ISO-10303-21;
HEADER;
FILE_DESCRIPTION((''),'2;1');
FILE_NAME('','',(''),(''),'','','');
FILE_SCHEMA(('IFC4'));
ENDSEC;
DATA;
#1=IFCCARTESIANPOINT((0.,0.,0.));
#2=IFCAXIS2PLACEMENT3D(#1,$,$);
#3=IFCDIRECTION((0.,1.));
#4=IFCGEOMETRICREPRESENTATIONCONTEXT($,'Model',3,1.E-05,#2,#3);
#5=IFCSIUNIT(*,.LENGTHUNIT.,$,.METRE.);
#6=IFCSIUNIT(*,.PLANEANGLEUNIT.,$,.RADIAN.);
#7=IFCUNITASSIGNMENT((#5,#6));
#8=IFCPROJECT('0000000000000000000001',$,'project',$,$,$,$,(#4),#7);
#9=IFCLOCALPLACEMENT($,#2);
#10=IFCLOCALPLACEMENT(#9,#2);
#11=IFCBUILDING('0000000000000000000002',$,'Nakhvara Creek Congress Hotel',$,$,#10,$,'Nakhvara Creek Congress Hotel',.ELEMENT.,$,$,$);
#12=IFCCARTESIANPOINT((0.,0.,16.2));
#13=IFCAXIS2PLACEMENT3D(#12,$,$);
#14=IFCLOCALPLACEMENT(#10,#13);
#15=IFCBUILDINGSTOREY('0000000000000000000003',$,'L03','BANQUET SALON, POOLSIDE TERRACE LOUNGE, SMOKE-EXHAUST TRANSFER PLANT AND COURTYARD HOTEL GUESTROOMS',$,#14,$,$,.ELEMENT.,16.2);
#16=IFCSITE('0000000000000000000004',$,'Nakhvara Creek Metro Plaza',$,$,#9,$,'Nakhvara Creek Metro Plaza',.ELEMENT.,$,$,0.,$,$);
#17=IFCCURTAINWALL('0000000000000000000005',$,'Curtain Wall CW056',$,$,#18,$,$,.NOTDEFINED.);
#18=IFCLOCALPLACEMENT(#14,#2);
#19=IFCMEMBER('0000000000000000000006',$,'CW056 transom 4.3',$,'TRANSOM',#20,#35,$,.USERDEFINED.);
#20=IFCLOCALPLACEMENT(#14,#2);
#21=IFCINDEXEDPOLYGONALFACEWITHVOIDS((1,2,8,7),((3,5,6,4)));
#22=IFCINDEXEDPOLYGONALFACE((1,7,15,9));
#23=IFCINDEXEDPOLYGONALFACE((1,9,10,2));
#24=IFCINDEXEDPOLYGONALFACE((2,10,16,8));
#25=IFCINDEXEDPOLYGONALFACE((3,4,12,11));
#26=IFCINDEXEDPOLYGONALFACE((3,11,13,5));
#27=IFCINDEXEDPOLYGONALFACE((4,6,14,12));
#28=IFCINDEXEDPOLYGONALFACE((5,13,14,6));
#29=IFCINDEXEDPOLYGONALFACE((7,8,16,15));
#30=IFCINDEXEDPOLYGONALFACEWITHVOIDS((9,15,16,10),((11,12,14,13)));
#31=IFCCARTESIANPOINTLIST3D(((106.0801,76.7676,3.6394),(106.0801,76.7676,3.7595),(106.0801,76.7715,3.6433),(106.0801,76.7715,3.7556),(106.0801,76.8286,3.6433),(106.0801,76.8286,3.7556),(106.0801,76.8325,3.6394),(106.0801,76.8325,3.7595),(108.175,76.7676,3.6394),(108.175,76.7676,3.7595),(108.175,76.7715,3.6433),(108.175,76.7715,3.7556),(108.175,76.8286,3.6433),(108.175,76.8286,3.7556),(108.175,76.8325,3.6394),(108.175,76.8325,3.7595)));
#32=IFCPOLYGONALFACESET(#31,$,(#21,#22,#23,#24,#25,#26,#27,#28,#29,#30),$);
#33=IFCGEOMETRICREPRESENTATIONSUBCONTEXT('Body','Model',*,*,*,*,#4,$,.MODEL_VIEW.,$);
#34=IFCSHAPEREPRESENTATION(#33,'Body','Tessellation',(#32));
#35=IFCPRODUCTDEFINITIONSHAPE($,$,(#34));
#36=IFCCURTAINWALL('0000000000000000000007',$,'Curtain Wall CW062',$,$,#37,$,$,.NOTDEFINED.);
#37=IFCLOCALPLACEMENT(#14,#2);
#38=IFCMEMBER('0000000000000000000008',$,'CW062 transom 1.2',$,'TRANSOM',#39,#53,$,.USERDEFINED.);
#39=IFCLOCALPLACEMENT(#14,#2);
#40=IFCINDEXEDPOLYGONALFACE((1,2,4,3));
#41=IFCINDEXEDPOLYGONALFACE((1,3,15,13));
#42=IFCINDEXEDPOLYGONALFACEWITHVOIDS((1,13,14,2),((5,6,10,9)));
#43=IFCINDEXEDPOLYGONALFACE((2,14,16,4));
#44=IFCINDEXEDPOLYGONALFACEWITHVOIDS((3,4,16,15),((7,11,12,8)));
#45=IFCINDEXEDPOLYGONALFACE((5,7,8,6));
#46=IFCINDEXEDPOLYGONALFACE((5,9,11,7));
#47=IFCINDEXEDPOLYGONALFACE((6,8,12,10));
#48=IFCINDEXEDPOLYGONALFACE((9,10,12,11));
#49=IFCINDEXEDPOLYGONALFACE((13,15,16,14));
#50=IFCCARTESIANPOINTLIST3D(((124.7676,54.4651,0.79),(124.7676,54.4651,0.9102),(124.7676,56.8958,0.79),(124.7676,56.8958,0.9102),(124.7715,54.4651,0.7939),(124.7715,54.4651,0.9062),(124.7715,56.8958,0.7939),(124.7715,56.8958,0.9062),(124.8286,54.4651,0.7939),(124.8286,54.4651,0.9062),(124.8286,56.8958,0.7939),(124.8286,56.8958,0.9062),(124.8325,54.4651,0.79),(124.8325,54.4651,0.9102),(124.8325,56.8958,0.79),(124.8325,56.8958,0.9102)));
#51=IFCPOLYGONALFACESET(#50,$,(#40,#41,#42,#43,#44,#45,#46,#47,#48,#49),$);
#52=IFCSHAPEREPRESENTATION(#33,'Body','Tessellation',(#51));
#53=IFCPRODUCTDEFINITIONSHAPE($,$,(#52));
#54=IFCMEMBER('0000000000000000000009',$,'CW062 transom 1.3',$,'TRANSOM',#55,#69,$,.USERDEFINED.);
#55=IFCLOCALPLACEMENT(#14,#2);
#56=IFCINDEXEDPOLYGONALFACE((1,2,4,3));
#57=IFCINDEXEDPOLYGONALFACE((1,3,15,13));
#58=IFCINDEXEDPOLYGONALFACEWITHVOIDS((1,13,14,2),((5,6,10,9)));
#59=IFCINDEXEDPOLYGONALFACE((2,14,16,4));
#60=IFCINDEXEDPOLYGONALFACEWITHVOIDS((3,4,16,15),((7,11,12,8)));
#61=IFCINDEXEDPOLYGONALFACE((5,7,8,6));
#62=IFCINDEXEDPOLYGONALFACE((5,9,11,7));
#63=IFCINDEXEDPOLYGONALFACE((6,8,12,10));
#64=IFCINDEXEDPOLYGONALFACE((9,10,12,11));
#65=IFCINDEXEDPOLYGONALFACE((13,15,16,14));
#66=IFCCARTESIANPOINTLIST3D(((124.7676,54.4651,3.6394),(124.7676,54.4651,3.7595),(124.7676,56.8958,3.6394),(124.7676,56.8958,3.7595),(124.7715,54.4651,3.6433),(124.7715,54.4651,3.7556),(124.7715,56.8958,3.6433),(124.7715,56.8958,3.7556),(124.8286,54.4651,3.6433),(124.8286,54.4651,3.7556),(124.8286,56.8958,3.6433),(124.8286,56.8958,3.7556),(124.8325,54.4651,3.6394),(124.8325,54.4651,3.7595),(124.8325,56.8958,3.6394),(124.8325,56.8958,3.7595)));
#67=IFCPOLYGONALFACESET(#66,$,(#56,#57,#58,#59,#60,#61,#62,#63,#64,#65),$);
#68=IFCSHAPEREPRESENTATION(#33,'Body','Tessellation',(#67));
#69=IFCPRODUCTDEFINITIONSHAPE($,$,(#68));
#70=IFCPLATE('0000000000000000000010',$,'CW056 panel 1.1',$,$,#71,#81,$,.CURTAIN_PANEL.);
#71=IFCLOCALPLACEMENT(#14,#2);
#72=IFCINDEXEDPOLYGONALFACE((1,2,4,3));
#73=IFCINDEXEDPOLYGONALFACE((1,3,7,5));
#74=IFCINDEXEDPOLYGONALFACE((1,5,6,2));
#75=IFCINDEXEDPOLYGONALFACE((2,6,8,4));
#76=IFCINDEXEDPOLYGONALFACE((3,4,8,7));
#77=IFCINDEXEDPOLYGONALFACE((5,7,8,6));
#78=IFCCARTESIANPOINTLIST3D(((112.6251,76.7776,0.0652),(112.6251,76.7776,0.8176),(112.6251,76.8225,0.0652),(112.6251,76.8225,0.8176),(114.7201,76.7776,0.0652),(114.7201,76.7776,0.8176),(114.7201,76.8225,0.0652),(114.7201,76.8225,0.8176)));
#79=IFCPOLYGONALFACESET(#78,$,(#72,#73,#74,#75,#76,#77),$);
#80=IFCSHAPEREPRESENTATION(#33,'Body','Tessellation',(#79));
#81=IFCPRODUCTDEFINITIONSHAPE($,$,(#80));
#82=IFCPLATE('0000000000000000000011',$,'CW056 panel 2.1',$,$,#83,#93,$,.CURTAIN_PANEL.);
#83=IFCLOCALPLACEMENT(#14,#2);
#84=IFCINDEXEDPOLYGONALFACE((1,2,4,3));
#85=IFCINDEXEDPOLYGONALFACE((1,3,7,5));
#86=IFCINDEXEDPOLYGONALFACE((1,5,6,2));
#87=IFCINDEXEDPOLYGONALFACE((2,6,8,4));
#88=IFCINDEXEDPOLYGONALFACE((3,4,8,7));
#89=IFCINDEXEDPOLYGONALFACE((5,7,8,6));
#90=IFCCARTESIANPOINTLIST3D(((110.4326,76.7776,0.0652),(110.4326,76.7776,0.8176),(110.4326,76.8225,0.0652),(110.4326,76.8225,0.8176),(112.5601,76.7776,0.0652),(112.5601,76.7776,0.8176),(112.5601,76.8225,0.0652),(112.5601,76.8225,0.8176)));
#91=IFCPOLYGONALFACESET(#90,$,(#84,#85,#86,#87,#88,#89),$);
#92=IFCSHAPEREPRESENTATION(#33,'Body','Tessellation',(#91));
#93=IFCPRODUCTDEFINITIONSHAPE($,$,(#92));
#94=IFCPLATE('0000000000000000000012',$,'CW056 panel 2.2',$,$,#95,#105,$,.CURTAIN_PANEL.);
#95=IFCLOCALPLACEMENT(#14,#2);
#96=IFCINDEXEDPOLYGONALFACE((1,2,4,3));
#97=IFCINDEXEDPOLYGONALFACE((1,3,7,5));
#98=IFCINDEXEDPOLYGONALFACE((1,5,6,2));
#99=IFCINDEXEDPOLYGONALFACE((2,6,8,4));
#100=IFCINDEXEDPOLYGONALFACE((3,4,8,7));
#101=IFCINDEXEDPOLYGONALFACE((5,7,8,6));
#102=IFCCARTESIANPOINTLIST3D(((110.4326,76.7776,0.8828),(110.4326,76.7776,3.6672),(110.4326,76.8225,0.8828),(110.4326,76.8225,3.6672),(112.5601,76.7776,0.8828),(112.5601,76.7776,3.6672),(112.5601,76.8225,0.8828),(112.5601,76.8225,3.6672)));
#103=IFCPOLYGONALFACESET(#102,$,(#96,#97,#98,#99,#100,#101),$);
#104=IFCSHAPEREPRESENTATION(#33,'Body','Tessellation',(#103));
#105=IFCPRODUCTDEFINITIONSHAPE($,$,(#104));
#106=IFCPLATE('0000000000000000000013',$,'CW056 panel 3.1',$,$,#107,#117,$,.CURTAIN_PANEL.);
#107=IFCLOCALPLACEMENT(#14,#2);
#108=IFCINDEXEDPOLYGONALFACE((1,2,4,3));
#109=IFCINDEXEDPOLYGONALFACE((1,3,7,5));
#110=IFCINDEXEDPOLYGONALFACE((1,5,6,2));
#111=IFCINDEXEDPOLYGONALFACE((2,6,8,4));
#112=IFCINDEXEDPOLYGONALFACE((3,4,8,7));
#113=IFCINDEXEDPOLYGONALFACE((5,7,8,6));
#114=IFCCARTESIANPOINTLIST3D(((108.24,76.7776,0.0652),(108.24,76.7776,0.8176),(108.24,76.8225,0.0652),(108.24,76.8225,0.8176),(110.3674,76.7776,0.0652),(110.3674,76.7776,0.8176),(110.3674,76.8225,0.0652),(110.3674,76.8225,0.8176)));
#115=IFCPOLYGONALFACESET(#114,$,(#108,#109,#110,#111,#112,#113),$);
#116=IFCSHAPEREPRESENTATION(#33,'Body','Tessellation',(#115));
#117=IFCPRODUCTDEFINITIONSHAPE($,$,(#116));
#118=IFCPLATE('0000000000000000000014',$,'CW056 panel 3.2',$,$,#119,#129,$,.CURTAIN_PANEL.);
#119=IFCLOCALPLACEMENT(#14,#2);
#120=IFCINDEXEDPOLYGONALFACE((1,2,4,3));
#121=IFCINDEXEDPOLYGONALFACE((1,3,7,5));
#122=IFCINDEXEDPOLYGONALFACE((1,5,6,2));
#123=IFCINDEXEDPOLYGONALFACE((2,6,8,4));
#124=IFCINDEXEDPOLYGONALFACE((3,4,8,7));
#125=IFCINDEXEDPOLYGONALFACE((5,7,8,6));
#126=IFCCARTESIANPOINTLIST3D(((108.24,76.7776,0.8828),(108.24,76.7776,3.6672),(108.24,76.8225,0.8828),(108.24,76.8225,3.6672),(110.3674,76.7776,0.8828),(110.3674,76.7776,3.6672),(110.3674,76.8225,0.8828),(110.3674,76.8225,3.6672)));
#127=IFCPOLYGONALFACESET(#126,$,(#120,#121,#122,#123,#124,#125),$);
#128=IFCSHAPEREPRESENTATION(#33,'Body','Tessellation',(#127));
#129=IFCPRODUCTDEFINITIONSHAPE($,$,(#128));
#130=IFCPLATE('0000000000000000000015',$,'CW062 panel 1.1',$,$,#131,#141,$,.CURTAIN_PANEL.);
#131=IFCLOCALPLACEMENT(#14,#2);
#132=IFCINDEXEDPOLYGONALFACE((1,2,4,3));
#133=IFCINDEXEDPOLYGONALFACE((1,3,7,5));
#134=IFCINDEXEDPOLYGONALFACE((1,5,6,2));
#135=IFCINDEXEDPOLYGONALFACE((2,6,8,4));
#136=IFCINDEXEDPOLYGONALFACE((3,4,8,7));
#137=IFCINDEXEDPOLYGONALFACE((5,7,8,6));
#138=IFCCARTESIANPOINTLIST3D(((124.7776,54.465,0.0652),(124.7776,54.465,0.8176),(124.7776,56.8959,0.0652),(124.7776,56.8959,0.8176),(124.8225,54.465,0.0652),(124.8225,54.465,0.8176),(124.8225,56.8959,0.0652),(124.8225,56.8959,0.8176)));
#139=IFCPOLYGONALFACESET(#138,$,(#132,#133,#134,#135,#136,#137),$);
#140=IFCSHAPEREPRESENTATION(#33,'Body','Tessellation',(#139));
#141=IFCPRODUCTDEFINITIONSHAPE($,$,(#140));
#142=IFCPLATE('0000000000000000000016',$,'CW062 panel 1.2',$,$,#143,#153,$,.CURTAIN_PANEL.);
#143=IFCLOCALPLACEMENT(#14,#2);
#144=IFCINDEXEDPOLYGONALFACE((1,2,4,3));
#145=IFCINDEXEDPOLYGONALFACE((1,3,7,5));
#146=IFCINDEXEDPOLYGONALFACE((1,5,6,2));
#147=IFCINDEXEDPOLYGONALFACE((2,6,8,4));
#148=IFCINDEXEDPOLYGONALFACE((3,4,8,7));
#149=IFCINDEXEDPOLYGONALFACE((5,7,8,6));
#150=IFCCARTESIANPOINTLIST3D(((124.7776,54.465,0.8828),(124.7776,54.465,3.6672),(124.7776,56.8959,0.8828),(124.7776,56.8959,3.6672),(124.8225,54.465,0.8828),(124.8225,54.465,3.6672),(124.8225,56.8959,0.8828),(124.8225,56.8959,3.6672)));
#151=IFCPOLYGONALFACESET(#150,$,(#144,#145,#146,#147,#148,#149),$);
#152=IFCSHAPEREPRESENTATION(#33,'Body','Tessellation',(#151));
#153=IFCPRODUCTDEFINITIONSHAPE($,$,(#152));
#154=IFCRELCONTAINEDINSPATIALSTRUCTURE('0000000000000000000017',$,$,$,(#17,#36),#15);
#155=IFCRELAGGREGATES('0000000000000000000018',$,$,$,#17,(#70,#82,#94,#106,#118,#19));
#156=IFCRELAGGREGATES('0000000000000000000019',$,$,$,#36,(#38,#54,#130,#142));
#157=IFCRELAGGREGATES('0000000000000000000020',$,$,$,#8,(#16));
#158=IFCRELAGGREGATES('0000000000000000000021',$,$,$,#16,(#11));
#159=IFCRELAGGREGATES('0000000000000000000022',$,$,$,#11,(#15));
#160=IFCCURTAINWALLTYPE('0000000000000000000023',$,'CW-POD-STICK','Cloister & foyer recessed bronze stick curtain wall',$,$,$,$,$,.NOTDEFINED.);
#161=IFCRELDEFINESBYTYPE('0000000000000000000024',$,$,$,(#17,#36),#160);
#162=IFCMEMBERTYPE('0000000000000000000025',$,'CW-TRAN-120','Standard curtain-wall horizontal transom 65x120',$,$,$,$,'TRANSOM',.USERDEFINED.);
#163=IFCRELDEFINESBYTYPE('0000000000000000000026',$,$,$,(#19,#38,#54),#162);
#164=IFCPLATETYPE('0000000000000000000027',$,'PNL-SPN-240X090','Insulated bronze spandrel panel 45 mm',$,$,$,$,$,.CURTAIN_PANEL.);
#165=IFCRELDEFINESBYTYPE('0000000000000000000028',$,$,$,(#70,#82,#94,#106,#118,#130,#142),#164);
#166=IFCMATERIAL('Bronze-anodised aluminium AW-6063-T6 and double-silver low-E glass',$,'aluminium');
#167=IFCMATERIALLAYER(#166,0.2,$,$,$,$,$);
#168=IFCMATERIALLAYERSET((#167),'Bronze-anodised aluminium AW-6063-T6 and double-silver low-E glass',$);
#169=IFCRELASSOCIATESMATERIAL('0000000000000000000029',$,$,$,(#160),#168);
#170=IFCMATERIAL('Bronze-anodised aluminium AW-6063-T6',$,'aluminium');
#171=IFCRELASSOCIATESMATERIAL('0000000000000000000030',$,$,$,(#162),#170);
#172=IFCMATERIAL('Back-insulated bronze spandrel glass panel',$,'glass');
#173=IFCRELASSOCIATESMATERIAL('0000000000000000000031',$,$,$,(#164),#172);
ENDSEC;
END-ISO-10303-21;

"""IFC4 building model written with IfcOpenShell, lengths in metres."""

from ifc_helpers import new_model, si_unit, direction, frame, origin, origin_2d, place, context, subcontext, project, spatial, rectangle, hollow_rectangle, extrude, material, layer, layer_set, material_profile, profile_set, type_object, element, aggregate, save


model = new_model("IFC4")

# Units and contexts
model_context = context("Model", 3, precision=1e-05, world=origin(), true_north=direction((0.0, 1.0)))
body_context = subcontext(model_context, "Body", "Model", "MODEL_VIEW")
ifc_project = project(units=[si_unit("LENGTHUNIT", "METRE"), si_unit("PLANEANGLEUNIT", "RADIAN")], contexts=[model_context])

# Site, building, storey
site_placement = place(None, origin())
site = spatial("IfcSite", under=ifc_project, at=site_placement, Name="Nakhvara Creek Metro Plaza", LongName="Nakhvara Creek Metro Plaza", CompositionType="ELEMENT", RefElevation=0.0)
building_placement = place(site_placement, origin())
building = spatial("IfcBuilding", under=site, at=building_placement, Name="Nakhvara Creek Congress Hotel", LongName="Nakhvara Creek Congress Hotel", CompositionType="ELEMENT")
storey_placement = place(building_placement, frame((0.0, 0.0, 16.2)))
storey = spatial("IfcBuildingStorey", under=building, at=storey_placement, Name="L03", Description="BANQUET SALON, POOLSIDE TERRACE LOUNGE, SMOKE-EXHAUST TRANSFER PLANT AND COURTYARD HOTEL GUESTROOMS", CompositionType="ELEMENT", Elevation=16.2)

# Curtain walls, members
ifc_material_1 = material(Name="Bronze-anodised aluminium AW-6063-T6 and double-silver low-E glass", Category="aluminium")
ifc_layer = layer(ifc_material_1, 0.2)
ifc_layer_set = layer_set([ifc_layer], Name="Bronze-anodised aluminium AW-6063-T6 and double-silver low-E glass")
curtain_wall_type = type_object("IfcCurtainWallType", Name="CW-POD-STICK", Description="Cloister & foyer recessed bronze stick curtain wall", PredefinedType="NOTDEFINED", material=ifc_layer_set)
curtain_wall_1_placement = place(storey_placement, origin())
curtain_wall_1 = element("IfcCurtainWall", 1, at=curtain_wall_1_placement, inside=storey, type_object=curtain_wall_type, Name="Curtain Wall CW056", PredefinedType="NOTDEFINED")
ifc_material_2 = material(Name="Bronze-anodised aluminium AW-6063-T6", Category="aluminium")
ifc_material_profile_1 = material_profile(ifc_material_2, hollow_rectangle(XDim=0.0649, YDim=0.1201, WallThickness=0.0039, at=origin_2d()), Name="ALU-TRAN 65x120x4", Category="LoadBearing")
ifc_profile_set_1 = profile_set([ifc_material_profile_1], Name="Bronze-anodised aluminium AW-6063-T6")
member_type_1 = type_object("IfcMemberType", Name="CW-TRAN-120", Description="Standard curtain-wall horizontal transom 65x120", ElementType="TRANSOM", PredefinedType="USERDEFINED", material=ifc_profile_set_1)
member_1_placement = place(storey_placement, frame((108.175, 76.8, 3.6995), z_axis=(-1.0, 0.0, 0.0), x_axis=(0.0, -1.0, 0.0)))
member_1 = element("IfcMember", 2, at=member_1_placement, type_object=member_type_1, Name="CW056 transom 4.3", ObjectType="TRANSOM", PredefinedType="USERDEFINED", context=body_context, shape_type="SweptSolid", body=[
    extrude(hollow_rectangle(XDim=0.0649, YDim=0.1201, WallThickness=0.0039, at=origin_2d()), origin(), (0.0, 0.0, 1.0), 2.095),
])
curtain_wall_2_placement = place(storey_placement, origin())
curtain_wall_2 = element("IfcCurtainWall", 3, at=curtain_wall_2_placement, inside=storey, type_object=curtain_wall_type, Name="Curtain Wall CW062", PredefinedType="NOTDEFINED")
member_2_placement = place(storey_placement, frame((124.8, 54.4651, 0.8501), z_axis=(0.0, 1.0, 0.0), x_axis=(-1.0, 0.0, 0.0)))
member_2 = element("IfcMember", 4, at=member_2_placement, type_object=member_type_1, Name="CW062 transom 1.2", ObjectType="TRANSOM", PredefinedType="USERDEFINED", context=body_context, shape_type="SweptSolid", body=[
    extrude(hollow_rectangle(XDim=0.0649, YDim=0.1201, WallThickness=0.0039, at=origin_2d()), origin(), (0.0, 0.0, 1.0), 2.4307),
])
member_3_placement = place(storey_placement, frame((124.8, 54.4651, 3.6995), z_axis=(0.0, 1.0, 0.0), x_axis=(-1.0, 0.0, 0.0)))
member_3 = element("IfcMember", 5, at=member_3_placement, type_object=member_type_1, Name="CW062 transom 1.3", ObjectType="TRANSOM", PredefinedType="USERDEFINED", context=body_context, shape_type="SweptSolid", body=[
    extrude(hollow_rectangle(XDim=0.0649, YDim=0.1201, WallThickness=0.0039, at=origin_2d()), origin(), (0.0, 0.0, 1.0), 2.4307),
])

# Plates
ifc_material_3 = material(Name="Back-insulated bronze spandrel glass panel", Category="glass")
plate_type = type_object("IfcPlateType", Name="PNL-SPN-240X090", Description="Insulated bronze spandrel panel 45 mm", PredefinedType="CURTAIN_PANEL", material=ifc_material_3)
plate_1_placement = place(storey_placement, frame((113.6726, 76.8, 0.0652), z_axis=(0.0, 0.0, 1.0), x_axis=(-1.0, 0.0, 0.0)))
plate_1 = element("IfcPlate", 6, at=plate_1_placement, type_object=plate_type, Name="CW056 panel 1.1", PredefinedType="CURTAIN_PANEL", context=body_context, shape_type="SweptSolid", body=[
    extrude(rectangle(XDim=2.095, YDim=0.0449, at=origin_2d()), origin(), (0.0, 0.0, 1.0), 0.7524),
])
plate_2_placement = place(storey_placement, frame((111.4963, 76.8, 0.0652), z_axis=(0.0, 0.0, 1.0), x_axis=(-1.0, 0.0, 0.0)))
plate_2 = element("IfcPlate", 7, at=plate_2_placement, type_object=plate_type, Name="CW056 panel 2.1", PredefinedType="CURTAIN_PANEL", context=body_context, shape_type="SweptSolid", body=[
    extrude(rectangle(XDim=2.1274, YDim=0.0449, at=origin_2d()), origin(), (0.0, 0.0, 1.0), 0.7524),
])
plate_3_placement = place(storey_placement, frame((111.4963, 76.8, 0.8828), z_axis=(0.0, 0.0, 1.0), x_axis=(-1.0, 0.0, 0.0)))
plate_3 = element("IfcPlate", 8, at=plate_3_placement, type_object=plate_type, Name="CW056 panel 2.2", PredefinedType="CURTAIN_PANEL", context=body_context, shape_type="SweptSolid", body=[
    extrude(rectangle(XDim=2.1274, YDim=0.0449, at=origin_2d()), origin(), (0.0, 0.0, 1.0), 2.7844),
])
plate_4_placement = place(storey_placement, frame((109.3037, 76.8, 0.0652), z_axis=(0.0, 0.0, 1.0), x_axis=(-1.0, 0.0, 0.0)))
plate_4 = element("IfcPlate", 9, at=plate_4_placement, type_object=plate_type, Name="CW056 panel 3.1", PredefinedType="CURTAIN_PANEL", context=body_context, shape_type="SweptSolid", body=[
    extrude(rectangle(XDim=2.1274, YDim=0.0449, at=origin_2d()), origin(), (0.0, 0.0, 1.0), 0.7524),
])
plate_5_placement = place(storey_placement, frame((109.3037, 76.8, 0.8828), z_axis=(0.0, 0.0, 1.0), x_axis=(-1.0, 0.0, 0.0)))
plate_5 = element("IfcPlate", 10, at=plate_5_placement, type_object=plate_type, Name="CW056 panel 3.2", PredefinedType="CURTAIN_PANEL", context=body_context, shape_type="SweptSolid", body=[
    extrude(rectangle(XDim=2.1274, YDim=0.0449, at=origin_2d()), origin(), (0.0, 0.0, 1.0), 2.7844),
])
aggregate(curtain_wall_1, [plate_1, plate_2, plate_3, plate_4, plate_5, member_1])
plate_6_placement = place(storey_placement, frame((124.8, 55.6804, 0.0652), z_axis=(0.0, 0.0, 1.0), x_axis=(0.0, 1.0, 0.0)))
plate_6 = element("IfcPlate", 11, at=plate_6_placement, type_object=plate_type, Name="CW062 panel 1.1", PredefinedType="CURTAIN_PANEL", context=body_context, shape_type="SweptSolid", body=[
    extrude(rectangle(XDim=2.4309, YDim=0.0449, at=origin_2d()), origin(), (0.0, 0.0, 1.0), 0.7524),
])
plate_7_placement = place(storey_placement, frame((124.8, 55.6804, 0.8828), z_axis=(0.0, 0.0, 1.0), x_axis=(0.0, 1.0, 0.0)))
plate_7 = element("IfcPlate", 12, at=plate_7_placement, type_object=plate_type, Name="CW062 panel 1.2", PredefinedType="CURTAIN_PANEL", context=body_context, shape_type="SweptSolid", body=[
    extrude(rectangle(XDim=2.4309, YDim=0.0449, at=origin_2d()), origin(), (0.0, 0.0, 1.0), 2.7844),
])
aggregate(curtain_wall_2, [member_2, member_3, plate_6, plate_7])

save(model, "model.ifc")
